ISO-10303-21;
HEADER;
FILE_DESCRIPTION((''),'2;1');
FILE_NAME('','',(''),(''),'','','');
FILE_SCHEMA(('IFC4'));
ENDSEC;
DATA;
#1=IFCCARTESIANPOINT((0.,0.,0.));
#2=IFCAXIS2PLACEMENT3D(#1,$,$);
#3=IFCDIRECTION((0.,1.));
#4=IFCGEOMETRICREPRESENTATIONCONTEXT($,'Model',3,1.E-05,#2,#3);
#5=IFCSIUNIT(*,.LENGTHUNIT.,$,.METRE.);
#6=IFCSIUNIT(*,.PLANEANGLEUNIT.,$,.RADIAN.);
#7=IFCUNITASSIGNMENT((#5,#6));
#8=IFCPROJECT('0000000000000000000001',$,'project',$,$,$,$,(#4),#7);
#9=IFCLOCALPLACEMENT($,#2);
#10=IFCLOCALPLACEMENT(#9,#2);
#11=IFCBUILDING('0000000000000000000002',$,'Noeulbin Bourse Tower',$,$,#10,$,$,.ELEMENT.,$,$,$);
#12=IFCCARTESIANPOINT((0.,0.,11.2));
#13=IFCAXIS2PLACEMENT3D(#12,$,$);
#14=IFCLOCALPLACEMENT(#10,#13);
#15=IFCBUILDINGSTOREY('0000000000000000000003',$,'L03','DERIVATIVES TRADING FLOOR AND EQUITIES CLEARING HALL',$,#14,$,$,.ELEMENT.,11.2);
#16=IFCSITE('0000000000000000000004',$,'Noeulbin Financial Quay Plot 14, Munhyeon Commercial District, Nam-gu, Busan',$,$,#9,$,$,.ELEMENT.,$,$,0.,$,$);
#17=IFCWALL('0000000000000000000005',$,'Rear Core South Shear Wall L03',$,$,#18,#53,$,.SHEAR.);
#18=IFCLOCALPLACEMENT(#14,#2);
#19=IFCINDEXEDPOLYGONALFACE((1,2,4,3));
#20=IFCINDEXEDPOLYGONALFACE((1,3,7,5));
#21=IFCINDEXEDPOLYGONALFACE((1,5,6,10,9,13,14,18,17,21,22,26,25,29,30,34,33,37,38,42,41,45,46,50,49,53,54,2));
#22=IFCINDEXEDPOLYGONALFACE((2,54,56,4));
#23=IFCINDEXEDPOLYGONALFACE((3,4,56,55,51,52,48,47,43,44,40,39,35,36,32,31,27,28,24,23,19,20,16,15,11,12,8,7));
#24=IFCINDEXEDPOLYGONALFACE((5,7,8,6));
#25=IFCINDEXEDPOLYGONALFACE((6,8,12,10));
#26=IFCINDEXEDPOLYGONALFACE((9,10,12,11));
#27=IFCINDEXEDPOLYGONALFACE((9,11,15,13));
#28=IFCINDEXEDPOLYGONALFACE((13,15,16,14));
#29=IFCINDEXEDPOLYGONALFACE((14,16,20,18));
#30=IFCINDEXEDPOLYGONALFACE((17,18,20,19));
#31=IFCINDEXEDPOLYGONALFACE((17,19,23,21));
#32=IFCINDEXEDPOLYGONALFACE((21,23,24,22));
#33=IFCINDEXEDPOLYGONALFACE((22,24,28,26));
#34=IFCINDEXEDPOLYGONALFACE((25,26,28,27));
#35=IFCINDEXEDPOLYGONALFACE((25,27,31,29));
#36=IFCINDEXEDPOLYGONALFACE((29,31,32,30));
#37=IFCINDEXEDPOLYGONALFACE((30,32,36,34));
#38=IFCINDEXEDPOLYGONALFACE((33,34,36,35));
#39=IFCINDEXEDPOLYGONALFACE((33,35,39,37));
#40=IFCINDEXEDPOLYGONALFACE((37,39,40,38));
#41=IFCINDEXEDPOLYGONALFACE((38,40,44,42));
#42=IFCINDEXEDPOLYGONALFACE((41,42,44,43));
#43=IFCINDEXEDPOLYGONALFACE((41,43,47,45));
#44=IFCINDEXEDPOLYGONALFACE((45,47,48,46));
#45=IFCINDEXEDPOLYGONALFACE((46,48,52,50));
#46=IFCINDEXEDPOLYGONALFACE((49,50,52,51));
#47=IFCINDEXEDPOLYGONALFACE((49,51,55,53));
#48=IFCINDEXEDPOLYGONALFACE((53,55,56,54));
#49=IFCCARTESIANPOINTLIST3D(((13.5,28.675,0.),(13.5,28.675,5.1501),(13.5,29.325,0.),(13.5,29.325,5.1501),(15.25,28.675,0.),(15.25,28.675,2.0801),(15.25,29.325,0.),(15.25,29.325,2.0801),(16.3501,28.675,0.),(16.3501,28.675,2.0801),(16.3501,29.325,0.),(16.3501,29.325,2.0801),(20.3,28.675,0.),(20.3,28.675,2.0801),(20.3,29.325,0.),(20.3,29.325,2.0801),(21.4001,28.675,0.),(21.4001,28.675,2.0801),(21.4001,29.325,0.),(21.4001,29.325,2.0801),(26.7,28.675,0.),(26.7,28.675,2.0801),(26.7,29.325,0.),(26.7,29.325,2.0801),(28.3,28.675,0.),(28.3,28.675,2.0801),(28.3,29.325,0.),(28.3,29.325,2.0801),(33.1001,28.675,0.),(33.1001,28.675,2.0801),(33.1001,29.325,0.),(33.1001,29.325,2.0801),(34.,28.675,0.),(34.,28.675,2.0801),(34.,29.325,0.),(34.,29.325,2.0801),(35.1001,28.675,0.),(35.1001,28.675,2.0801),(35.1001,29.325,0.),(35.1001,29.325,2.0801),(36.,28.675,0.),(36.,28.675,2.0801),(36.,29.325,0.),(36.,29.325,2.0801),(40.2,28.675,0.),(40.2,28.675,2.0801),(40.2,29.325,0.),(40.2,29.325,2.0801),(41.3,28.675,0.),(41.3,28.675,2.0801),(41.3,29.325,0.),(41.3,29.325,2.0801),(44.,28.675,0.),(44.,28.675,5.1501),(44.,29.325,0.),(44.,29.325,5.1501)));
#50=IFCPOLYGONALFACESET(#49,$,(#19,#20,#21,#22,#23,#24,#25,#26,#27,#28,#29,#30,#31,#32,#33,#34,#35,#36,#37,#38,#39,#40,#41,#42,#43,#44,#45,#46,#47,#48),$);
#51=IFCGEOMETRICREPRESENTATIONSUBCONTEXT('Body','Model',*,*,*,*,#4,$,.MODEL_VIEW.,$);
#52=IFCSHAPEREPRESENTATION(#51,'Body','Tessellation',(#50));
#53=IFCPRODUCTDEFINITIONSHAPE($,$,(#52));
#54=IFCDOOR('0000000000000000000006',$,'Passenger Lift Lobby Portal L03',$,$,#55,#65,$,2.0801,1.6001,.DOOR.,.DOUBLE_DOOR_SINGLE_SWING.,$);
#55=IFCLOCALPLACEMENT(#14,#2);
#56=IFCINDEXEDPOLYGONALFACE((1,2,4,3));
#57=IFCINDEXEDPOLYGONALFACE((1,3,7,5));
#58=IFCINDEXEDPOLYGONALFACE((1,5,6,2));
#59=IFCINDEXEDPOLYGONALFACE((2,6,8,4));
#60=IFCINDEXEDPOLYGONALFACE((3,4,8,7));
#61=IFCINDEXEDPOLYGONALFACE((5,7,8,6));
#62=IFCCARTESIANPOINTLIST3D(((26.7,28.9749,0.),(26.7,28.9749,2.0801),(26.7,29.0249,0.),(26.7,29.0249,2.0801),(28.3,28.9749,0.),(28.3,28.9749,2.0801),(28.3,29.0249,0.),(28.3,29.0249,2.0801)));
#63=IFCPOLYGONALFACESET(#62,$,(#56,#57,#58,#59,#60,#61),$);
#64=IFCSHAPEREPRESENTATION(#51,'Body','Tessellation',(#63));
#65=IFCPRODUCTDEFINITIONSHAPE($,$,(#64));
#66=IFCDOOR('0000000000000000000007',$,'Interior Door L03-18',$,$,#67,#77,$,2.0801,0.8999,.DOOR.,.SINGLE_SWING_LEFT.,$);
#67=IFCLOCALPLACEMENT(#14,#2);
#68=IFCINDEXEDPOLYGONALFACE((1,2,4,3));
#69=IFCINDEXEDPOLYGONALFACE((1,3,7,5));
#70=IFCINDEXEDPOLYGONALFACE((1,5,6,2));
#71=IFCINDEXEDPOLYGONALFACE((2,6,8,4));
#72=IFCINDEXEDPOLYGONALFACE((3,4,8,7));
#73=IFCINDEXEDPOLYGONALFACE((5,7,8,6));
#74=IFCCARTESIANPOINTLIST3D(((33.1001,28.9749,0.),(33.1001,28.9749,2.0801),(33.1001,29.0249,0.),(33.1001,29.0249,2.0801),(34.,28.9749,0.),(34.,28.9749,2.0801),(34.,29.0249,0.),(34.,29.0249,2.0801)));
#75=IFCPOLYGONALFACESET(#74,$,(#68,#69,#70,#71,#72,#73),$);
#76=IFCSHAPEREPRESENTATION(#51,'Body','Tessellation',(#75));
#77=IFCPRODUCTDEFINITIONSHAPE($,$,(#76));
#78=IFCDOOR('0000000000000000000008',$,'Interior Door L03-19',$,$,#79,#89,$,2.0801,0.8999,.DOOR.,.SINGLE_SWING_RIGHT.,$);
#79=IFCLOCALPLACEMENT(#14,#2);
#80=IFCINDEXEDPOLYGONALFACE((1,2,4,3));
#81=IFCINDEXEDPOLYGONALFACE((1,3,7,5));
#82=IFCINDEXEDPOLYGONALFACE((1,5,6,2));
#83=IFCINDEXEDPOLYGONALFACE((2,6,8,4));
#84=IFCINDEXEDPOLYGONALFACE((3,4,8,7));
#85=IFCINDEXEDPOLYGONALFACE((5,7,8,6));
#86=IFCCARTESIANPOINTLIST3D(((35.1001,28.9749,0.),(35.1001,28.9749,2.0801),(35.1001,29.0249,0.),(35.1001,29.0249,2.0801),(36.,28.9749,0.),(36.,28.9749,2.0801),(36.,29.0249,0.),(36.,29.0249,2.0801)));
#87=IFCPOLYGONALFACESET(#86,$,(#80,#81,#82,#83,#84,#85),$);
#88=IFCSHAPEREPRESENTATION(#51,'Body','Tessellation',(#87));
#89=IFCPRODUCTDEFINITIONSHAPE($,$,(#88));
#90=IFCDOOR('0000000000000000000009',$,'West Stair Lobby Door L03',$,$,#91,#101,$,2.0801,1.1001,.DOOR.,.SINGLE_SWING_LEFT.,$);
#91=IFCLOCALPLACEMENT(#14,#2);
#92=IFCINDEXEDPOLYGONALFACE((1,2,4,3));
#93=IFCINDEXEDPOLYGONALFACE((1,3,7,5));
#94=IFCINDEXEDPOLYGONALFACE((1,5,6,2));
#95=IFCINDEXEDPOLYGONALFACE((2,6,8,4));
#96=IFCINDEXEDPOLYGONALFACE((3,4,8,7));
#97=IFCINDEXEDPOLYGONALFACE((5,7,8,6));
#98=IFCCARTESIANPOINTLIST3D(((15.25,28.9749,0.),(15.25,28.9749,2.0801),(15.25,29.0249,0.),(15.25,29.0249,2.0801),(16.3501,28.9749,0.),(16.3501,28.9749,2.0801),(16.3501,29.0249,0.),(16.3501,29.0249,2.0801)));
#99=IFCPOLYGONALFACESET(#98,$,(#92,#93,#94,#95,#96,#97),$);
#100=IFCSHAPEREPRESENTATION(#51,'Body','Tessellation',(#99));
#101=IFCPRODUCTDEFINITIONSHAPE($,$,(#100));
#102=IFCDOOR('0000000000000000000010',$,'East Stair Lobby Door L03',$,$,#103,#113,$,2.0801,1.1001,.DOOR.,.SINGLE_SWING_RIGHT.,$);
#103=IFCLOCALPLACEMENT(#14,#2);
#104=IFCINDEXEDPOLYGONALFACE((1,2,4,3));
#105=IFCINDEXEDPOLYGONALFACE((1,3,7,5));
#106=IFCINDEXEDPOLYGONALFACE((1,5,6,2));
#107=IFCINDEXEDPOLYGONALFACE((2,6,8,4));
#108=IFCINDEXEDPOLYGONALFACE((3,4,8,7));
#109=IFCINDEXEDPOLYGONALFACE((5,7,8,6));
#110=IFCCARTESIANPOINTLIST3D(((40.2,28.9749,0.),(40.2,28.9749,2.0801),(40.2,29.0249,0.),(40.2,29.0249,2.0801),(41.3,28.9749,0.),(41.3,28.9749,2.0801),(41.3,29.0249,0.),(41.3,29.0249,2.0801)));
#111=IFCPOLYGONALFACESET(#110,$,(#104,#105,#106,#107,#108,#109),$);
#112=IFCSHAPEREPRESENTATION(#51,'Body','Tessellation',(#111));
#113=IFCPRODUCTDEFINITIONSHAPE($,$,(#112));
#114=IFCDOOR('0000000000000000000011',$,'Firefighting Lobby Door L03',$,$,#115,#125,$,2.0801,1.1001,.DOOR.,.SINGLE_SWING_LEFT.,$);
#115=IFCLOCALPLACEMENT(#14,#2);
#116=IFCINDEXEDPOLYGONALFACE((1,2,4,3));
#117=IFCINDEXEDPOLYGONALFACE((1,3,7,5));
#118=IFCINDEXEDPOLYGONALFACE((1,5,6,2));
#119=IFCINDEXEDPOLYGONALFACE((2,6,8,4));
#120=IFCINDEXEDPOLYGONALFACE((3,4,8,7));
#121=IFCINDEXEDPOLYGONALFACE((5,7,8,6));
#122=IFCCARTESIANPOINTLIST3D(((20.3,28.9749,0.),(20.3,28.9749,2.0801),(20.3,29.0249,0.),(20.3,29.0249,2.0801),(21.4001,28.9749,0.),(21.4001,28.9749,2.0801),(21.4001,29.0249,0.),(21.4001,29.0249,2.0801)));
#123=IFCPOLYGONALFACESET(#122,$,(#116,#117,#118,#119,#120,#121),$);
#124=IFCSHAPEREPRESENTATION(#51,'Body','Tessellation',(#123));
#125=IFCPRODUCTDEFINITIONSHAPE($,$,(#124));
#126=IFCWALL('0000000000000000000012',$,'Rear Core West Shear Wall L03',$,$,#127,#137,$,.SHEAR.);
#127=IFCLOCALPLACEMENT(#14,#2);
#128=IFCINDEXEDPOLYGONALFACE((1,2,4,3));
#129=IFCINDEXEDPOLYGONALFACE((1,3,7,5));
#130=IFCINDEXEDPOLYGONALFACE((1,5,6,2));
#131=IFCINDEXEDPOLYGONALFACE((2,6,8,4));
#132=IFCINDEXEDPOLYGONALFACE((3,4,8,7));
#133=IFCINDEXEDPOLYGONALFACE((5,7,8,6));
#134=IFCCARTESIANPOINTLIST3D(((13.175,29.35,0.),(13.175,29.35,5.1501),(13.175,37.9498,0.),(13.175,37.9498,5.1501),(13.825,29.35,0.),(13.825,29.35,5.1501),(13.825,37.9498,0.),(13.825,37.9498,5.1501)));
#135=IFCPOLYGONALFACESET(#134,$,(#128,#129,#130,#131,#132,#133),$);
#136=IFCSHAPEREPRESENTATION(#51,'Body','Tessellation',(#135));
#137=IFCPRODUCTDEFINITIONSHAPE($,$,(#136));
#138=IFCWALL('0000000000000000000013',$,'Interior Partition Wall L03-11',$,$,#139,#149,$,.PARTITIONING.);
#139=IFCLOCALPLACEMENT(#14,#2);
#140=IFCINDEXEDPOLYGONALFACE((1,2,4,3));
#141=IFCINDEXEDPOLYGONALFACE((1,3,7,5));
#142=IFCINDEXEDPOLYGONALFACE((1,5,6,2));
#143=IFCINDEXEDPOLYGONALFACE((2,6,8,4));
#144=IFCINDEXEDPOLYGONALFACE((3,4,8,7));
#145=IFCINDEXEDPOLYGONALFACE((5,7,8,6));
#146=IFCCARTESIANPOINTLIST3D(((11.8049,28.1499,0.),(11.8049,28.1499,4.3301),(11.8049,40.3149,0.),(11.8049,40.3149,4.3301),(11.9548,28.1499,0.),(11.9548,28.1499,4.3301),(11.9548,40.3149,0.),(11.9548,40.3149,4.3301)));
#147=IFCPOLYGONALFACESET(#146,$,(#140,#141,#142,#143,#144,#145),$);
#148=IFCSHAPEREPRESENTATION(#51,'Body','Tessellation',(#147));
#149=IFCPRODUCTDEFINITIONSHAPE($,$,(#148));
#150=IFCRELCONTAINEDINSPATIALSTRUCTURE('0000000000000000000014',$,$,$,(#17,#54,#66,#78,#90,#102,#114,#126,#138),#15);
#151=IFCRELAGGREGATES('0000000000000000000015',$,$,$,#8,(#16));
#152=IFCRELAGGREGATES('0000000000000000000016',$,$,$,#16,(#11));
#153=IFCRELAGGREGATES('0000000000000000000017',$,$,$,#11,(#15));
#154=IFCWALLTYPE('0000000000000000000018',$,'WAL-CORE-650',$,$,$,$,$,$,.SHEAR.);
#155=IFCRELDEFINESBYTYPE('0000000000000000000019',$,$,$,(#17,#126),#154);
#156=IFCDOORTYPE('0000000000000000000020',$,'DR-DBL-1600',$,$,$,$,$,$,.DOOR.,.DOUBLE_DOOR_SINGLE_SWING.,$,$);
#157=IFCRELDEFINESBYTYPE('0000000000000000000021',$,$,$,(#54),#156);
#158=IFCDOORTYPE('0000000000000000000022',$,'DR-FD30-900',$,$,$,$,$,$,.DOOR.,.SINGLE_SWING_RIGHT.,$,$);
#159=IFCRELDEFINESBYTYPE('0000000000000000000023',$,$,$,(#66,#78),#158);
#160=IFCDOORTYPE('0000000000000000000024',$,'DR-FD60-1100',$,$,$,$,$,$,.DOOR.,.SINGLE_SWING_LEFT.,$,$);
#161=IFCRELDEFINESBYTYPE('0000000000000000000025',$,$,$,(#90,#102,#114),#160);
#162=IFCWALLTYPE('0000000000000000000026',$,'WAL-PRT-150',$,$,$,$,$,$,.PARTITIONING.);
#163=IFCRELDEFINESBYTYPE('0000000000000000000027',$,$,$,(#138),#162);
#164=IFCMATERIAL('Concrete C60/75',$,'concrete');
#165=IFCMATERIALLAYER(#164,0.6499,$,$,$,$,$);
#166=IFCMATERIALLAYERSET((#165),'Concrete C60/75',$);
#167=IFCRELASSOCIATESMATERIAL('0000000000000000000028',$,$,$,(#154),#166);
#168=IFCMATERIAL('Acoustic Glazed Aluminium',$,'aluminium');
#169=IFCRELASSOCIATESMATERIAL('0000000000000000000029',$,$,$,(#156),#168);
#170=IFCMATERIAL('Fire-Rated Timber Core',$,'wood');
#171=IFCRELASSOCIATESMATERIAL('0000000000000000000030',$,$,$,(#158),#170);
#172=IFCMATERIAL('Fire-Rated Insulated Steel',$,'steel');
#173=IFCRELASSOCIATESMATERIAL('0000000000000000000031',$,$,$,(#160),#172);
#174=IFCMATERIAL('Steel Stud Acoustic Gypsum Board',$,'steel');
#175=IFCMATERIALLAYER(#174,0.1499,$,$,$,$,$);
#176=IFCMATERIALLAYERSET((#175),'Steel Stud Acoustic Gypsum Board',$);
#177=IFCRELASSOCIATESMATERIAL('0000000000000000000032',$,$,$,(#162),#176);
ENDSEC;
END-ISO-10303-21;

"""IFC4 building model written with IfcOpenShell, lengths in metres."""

from ifc_helpers import new_model, si_unit, direction, frame, frame_2d, origin, place, context, subcontext, project, spatial, rectangle, extrude, material, layer, layer_set, type_object, element, fill, save


model = new_model("IFC4")

# Units and contexts
model_context = context("Model", 3, precision=1e-05, world=origin(), true_north=direction((0.0, 1.0)))
body_context = subcontext(model_context, "Body", "Model", "MODEL_VIEW")
ifc_project = project(units=[si_unit("LENGTHUNIT", "METRE"), si_unit("PLANEANGLEUNIT", "RADIAN")], contexts=[model_context])

# Site, building, storey
site_placement = place(None, origin())
site = spatial("IfcSite", under=ifc_project, at=site_placement, Name="Noeulbin Financial Quay Plot 14, Munhyeon Commercial District, Nam-gu, Busan", CompositionType="ELEMENT", RefElevation=0.0)
building_placement = place(site_placement, origin())
building = spatial("IfcBuilding", under=site, at=building_placement, Name="Noeulbin Bourse Tower", CompositionType="ELEMENT")
storey_placement = place(building_placement, frame((0.0, 0.0, 11.2)))
storey = spatial("IfcBuildingStorey", under=building, at=storey_placement, Name="L03", Description="DERIVATIVES TRADING FLOOR AND EQUITIES CLEARING HALL", CompositionType="ELEMENT", Elevation=11.2)

# Wall, openings, doors
ifc_material_1 = material(Name="Concrete C60/75", Category="concrete")
ifc_layer_1 = layer(ifc_material_1, 0.6499)
ifc_layer_set_1 = layer_set([ifc_layer_1], Name="Concrete C60/75")
wall_type_1 = type_object("IfcWallType", Name="WAL-CORE-650", PredefinedType="SHEAR", material=ifc_layer_set_1)
wall_1_placement = place(storey_placement, frame((13.5, 29.0, 0.0), z_axis=(0.0, 0.0, 1.0), x_axis=(1.0, 0.0, 0.0)))
wall_1 = element("IfcWall", 1, at=wall_1_placement, inside=storey, type_object=wall_type_1, Name="Rear Core South Shear Wall L03", PredefinedType="SHEAR", context=body_context, shape_type="SweptSolid", body=[
    extrude(rectangle(XDim=30.5, YDim=0.6499, at=frame_2d((15.25, 0.0))), origin(), (0.0, 0.0, 1.0), 5.1501),
])
opening_1_placement = place(wall_1_placement, frame((1.75, 0.0, 0.0)))
opening_1 = element("IfcOpeningElement", 2, at=opening_1_placement, cuts=wall_1, PredefinedType="OPENING", context=body_context, shape_type="SweptSolid", body=[
    extrude(rectangle(XDim=1.1001, YDim=2.0801, at=frame_2d((0.55, 1.04))), frame((0.0, 0.335, 0.0), z_axis=(0.0, -1.0, 0.0), x_axis=(1.0, 0.0, 0.0)), (0.0, 0.0, 1.0), 0.6699),
])
opening_2_placement = place(wall_1_placement, frame((26.7, 0.0, 0.0)))
opening_2 = element("IfcOpeningElement", 3, at=opening_2_placement, cuts=wall_1, PredefinedType="OPENING", context=body_context, shape_type="SweptSolid", body=[
    extrude(rectangle(XDim=1.1001, YDim=2.0801, at=frame_2d((0.55, 1.04))), frame((0.0, 0.335, 0.0), z_axis=(0.0, -1.0, 0.0), x_axis=(1.0, 0.0, 0.0)), (0.0, 0.0, 1.0), 0.6699),
])
opening_3_placement = place(wall_1_placement, frame((6.8, 0.0, 0.0)))
opening_3 = element("IfcOpeningElement", 4, at=opening_3_placement, cuts=wall_1, PredefinedType="OPENING", context=body_context, shape_type="SweptSolid", body=[
    extrude(rectangle(XDim=1.1001, YDim=2.0801, at=frame_2d((0.55, 1.04))), frame((0.0, 0.335, 0.0), z_axis=(0.0, -1.0, 0.0), x_axis=(1.0, 0.0, 0.0)), (0.0, 0.0, 1.0), 0.6699),
])
opening_4_placement = place(wall_1_placement, frame((13.2, 0.0, 0.0)))
opening_4 = element("IfcOpeningElement", 5, at=opening_4_placement, cuts=wall_1, PredefinedType="OPENING", context=body_context, shape_type="SweptSolid", body=[
    extrude(rectangle(XDim=1.6001, YDim=2.0801, at=frame_2d((0.8, 1.04))), frame((0.0, 0.335, 0.0), z_axis=(0.0, -1.0, 0.0), x_axis=(1.0, 0.0, 0.0)), (0.0, 0.0, 1.0), 0.6699),
])
opening_5_placement = place(wall_1_placement, frame((19.6001, 0.0, 0.0)))
opening_5 = element("IfcOpeningElement", 6, at=opening_5_placement, cuts=wall_1, PredefinedType="OPENING", context=body_context, shape_type="SweptSolid", body=[
    extrude(rectangle(XDim=0.8999, YDim=2.0801, at=frame_2d((0.45, 1.04))), frame((0.0, 0.335, 0.0), z_axis=(0.0, -1.0, 0.0), x_axis=(1.0, 0.0, 0.0)), (0.0, 0.0, 1.0), 0.6699),
])
opening_6_placement = place(wall_1_placement, frame((21.6001, 0.0, 0.0)))
opening_6 = element("IfcOpeningElement", 7, at=opening_6_placement, cuts=wall_1, PredefinedType="OPENING", context=body_context, shape_type="SweptSolid", body=[
    extrude(rectangle(XDim=0.8999, YDim=2.0801, at=frame_2d((0.45, 1.04))), frame((0.0, 0.335, 0.0), z_axis=(0.0, -1.0, 0.0), x_axis=(1.0, 0.0, 0.0)), (0.0, 0.0, 1.0), 0.6699),
])
ifc_material_2 = material(Name="Acoustic Glazed Aluminium", Category="aluminium")
door_type_1 = type_object("IfcDoorType", Name="DR-DBL-1600", OperationType="DOUBLE_DOOR_SINGLE_SWING", PredefinedType="DOOR", material=ifc_material_2)
door_1_placement = place(opening_4_placement, origin())
door_1 = element("IfcDoor", 8, at=door_1_placement, inside=storey, type_object=door_type_1, Name="Passenger Lift Lobby Portal L03", OperationType="DOUBLE_DOOR_SINGLE_SWING", OverallHeight=2.0801, OverallWidth=1.6001, PredefinedType="DOOR", context=body_context, shape_type="SweptSolid", body=[
    extrude(rectangle(XDim=1.6001, YDim=2.0801, at=frame_2d((0.8, 1.04))), frame((0.0, 0.0249, 0.0), z_axis=(0.0, -1.0, 0.0), x_axis=(1.0, 0.0, 0.0)), (0.0, 0.0, 1.0), 0.05),
])
fill(opening_4, door_1)
ifc_material_3 = material(Name="Fire-Rated Timber Core", Category="wood")
door_type_2 = type_object("IfcDoorType", Name="DR-FD30-900", OperationType="SINGLE_SWING_RIGHT", PredefinedType="DOOR", material=ifc_material_3)
door_2_placement = place(opening_5_placement, origin())
door_2 = element("IfcDoor", 9, at=door_2_placement, inside=storey, type_object=door_type_2, Name="Interior Door L03-18", OperationType="SINGLE_SWING_LEFT", OverallHeight=2.0801, OverallWidth=0.8999, PredefinedType="DOOR", context=body_context, shape_type="SweptSolid", body=[
    extrude(rectangle(XDim=0.8999, YDim=2.0801, at=frame_2d((0.45, 1.04))), frame((0.0, 0.0249, 0.0), z_axis=(0.0, -1.0, 0.0), x_axis=(1.0, 0.0, 0.0)), (0.0, 0.0, 1.0), 0.05),
])
fill(opening_5, door_2)
door_3_placement = place(opening_6_placement, origin())
door_3 = element("IfcDoor", 10, at=door_3_placement, inside=storey, type_object=door_type_2, Name="Interior Door L03-19", OperationType="SINGLE_SWING_RIGHT", OverallHeight=2.0801, OverallWidth=0.8999, PredefinedType="DOOR", context=body_context, shape_type="SweptSolid", body=[
    extrude(rectangle(XDim=0.8999, YDim=2.0801, at=frame_2d((0.45, 1.04))), frame((0.0, 0.0249, 0.0), z_axis=(0.0, -1.0, 0.0), x_axis=(1.0, 0.0, 0.0)), (0.0, 0.0, 1.0), 0.05),
])
fill(opening_6, door_3)
ifc_material_4 = material(Name="Fire-Rated Insulated Steel", Category="steel")
door_type_3 = type_object("IfcDoorType", Name="DR-FD60-1100", OperationType="SINGLE_SWING_LEFT", PredefinedType="DOOR", material=ifc_material_4)
door_4_placement = place(opening_1_placement, origin())
door_4 = element("IfcDoor", 11, at=door_4_placement, inside=storey, type_object=door_type_3, Name="West Stair Lobby Door L03", OperationType="SINGLE_SWING_LEFT", OverallHeight=2.0801, OverallWidth=1.1001, PredefinedType="DOOR", context=body_context, shape_type="SweptSolid", body=[
    extrude(rectangle(XDim=1.1001, YDim=2.0801, at=frame_2d((0.55, 1.04))), frame((0.0, 0.0249, 0.0), z_axis=(0.0, -1.0, 0.0), x_axis=(1.0, 0.0, 0.0)), (0.0, 0.0, 1.0), 0.05),
])
fill(opening_1, door_4)
door_5_placement = place(opening_2_placement, origin())
door_5 = element("IfcDoor", 12, at=door_5_placement, inside=storey, type_object=door_type_3, Name="East Stair Lobby Door L03", OperationType="SINGLE_SWING_RIGHT", OverallHeight=2.0801, OverallWidth=1.1001, PredefinedType="DOOR", context=body_context, shape_type="SweptSolid", body=[
    extrude(rectangle(XDim=1.1001, YDim=2.0801, at=frame_2d((0.55, 1.04))), frame((0.0, 0.0249, 0.0), z_axis=(0.0, -1.0, 0.0), x_axis=(1.0, 0.0, 0.0)), (0.0, 0.0, 1.0), 0.05),
])
fill(opening_2, door_5)
door_6_placement = place(opening_3_placement, origin())
door_6 = element("IfcDoor", 13, at=door_6_placement, inside=storey, type_object=door_type_3, Name="Firefighting Lobby Door L03", OperationType="SINGLE_SWING_LEFT", OverallHeight=2.0801, OverallWidth=1.1001, PredefinedType="DOOR", context=body_context, shape_type="SweptSolid", body=[
    extrude(rectangle(XDim=1.1001, YDim=2.0801, at=frame_2d((0.55, 1.04))), frame((0.0, 0.0249, 0.0), z_axis=(0.0, -1.0, 0.0), x_axis=(1.0, 0.0, 0.0)), (0.0, 0.0, 1.0), 0.05),
])
fill(opening_3, door_6)

# Walls
wall_2_placement = place(storey_placement, frame((13.5, 29.3501, 0.0), z_axis=(0.0, 0.0, 1.0), x_axis=(0.0, 1.0, 0.0)))
element("IfcWall", 14, at=wall_2_placement, inside=storey, type_object=wall_type_1, Name="Rear Core West Shear Wall L03", PredefinedType="SHEAR", context=body_context, shape_type="SweptSolid", body=[
    extrude(rectangle(XDim=8.5999, YDim=0.6499, at=frame_2d((4.2998, 0.0))), origin(), (0.0, 0.0, 1.0), 5.1501),
])
ifc_material_5 = material(Name="Steel Stud Acoustic Gypsum Board", Category="steel")
ifc_layer_2 = layer(ifc_material_5, 0.1499)
ifc_layer_set_2 = layer_set([ifc_layer_2], Name="Steel Stud Acoustic Gypsum Board")
wall_type_2 = type_object("IfcWallType", Name="WAL-PRT-150", PredefinedType="PARTITIONING", material=ifc_layer_set_2)
wall_3_placement = place(storey_placement, frame((11.8799, 28.1499, 0.0), z_axis=(0.0, 0.0, 1.0), x_axis=(0.0, 1.0, 0.0)))
element("IfcWall", 15, at=wall_3_placement, inside=storey, type_object=wall_type_2, Name="Interior Partition Wall L03-11", PredefinedType="PARTITIONING", context=body_context, shape_type="SweptSolid", body=[
    extrude(rectangle(XDim=12.165, YDim=0.1499, at=frame_2d((6.0825, 0.0))), origin(), (0.0, 0.0, 1.0), 4.3301),
])

save(model, "model.ifc")
